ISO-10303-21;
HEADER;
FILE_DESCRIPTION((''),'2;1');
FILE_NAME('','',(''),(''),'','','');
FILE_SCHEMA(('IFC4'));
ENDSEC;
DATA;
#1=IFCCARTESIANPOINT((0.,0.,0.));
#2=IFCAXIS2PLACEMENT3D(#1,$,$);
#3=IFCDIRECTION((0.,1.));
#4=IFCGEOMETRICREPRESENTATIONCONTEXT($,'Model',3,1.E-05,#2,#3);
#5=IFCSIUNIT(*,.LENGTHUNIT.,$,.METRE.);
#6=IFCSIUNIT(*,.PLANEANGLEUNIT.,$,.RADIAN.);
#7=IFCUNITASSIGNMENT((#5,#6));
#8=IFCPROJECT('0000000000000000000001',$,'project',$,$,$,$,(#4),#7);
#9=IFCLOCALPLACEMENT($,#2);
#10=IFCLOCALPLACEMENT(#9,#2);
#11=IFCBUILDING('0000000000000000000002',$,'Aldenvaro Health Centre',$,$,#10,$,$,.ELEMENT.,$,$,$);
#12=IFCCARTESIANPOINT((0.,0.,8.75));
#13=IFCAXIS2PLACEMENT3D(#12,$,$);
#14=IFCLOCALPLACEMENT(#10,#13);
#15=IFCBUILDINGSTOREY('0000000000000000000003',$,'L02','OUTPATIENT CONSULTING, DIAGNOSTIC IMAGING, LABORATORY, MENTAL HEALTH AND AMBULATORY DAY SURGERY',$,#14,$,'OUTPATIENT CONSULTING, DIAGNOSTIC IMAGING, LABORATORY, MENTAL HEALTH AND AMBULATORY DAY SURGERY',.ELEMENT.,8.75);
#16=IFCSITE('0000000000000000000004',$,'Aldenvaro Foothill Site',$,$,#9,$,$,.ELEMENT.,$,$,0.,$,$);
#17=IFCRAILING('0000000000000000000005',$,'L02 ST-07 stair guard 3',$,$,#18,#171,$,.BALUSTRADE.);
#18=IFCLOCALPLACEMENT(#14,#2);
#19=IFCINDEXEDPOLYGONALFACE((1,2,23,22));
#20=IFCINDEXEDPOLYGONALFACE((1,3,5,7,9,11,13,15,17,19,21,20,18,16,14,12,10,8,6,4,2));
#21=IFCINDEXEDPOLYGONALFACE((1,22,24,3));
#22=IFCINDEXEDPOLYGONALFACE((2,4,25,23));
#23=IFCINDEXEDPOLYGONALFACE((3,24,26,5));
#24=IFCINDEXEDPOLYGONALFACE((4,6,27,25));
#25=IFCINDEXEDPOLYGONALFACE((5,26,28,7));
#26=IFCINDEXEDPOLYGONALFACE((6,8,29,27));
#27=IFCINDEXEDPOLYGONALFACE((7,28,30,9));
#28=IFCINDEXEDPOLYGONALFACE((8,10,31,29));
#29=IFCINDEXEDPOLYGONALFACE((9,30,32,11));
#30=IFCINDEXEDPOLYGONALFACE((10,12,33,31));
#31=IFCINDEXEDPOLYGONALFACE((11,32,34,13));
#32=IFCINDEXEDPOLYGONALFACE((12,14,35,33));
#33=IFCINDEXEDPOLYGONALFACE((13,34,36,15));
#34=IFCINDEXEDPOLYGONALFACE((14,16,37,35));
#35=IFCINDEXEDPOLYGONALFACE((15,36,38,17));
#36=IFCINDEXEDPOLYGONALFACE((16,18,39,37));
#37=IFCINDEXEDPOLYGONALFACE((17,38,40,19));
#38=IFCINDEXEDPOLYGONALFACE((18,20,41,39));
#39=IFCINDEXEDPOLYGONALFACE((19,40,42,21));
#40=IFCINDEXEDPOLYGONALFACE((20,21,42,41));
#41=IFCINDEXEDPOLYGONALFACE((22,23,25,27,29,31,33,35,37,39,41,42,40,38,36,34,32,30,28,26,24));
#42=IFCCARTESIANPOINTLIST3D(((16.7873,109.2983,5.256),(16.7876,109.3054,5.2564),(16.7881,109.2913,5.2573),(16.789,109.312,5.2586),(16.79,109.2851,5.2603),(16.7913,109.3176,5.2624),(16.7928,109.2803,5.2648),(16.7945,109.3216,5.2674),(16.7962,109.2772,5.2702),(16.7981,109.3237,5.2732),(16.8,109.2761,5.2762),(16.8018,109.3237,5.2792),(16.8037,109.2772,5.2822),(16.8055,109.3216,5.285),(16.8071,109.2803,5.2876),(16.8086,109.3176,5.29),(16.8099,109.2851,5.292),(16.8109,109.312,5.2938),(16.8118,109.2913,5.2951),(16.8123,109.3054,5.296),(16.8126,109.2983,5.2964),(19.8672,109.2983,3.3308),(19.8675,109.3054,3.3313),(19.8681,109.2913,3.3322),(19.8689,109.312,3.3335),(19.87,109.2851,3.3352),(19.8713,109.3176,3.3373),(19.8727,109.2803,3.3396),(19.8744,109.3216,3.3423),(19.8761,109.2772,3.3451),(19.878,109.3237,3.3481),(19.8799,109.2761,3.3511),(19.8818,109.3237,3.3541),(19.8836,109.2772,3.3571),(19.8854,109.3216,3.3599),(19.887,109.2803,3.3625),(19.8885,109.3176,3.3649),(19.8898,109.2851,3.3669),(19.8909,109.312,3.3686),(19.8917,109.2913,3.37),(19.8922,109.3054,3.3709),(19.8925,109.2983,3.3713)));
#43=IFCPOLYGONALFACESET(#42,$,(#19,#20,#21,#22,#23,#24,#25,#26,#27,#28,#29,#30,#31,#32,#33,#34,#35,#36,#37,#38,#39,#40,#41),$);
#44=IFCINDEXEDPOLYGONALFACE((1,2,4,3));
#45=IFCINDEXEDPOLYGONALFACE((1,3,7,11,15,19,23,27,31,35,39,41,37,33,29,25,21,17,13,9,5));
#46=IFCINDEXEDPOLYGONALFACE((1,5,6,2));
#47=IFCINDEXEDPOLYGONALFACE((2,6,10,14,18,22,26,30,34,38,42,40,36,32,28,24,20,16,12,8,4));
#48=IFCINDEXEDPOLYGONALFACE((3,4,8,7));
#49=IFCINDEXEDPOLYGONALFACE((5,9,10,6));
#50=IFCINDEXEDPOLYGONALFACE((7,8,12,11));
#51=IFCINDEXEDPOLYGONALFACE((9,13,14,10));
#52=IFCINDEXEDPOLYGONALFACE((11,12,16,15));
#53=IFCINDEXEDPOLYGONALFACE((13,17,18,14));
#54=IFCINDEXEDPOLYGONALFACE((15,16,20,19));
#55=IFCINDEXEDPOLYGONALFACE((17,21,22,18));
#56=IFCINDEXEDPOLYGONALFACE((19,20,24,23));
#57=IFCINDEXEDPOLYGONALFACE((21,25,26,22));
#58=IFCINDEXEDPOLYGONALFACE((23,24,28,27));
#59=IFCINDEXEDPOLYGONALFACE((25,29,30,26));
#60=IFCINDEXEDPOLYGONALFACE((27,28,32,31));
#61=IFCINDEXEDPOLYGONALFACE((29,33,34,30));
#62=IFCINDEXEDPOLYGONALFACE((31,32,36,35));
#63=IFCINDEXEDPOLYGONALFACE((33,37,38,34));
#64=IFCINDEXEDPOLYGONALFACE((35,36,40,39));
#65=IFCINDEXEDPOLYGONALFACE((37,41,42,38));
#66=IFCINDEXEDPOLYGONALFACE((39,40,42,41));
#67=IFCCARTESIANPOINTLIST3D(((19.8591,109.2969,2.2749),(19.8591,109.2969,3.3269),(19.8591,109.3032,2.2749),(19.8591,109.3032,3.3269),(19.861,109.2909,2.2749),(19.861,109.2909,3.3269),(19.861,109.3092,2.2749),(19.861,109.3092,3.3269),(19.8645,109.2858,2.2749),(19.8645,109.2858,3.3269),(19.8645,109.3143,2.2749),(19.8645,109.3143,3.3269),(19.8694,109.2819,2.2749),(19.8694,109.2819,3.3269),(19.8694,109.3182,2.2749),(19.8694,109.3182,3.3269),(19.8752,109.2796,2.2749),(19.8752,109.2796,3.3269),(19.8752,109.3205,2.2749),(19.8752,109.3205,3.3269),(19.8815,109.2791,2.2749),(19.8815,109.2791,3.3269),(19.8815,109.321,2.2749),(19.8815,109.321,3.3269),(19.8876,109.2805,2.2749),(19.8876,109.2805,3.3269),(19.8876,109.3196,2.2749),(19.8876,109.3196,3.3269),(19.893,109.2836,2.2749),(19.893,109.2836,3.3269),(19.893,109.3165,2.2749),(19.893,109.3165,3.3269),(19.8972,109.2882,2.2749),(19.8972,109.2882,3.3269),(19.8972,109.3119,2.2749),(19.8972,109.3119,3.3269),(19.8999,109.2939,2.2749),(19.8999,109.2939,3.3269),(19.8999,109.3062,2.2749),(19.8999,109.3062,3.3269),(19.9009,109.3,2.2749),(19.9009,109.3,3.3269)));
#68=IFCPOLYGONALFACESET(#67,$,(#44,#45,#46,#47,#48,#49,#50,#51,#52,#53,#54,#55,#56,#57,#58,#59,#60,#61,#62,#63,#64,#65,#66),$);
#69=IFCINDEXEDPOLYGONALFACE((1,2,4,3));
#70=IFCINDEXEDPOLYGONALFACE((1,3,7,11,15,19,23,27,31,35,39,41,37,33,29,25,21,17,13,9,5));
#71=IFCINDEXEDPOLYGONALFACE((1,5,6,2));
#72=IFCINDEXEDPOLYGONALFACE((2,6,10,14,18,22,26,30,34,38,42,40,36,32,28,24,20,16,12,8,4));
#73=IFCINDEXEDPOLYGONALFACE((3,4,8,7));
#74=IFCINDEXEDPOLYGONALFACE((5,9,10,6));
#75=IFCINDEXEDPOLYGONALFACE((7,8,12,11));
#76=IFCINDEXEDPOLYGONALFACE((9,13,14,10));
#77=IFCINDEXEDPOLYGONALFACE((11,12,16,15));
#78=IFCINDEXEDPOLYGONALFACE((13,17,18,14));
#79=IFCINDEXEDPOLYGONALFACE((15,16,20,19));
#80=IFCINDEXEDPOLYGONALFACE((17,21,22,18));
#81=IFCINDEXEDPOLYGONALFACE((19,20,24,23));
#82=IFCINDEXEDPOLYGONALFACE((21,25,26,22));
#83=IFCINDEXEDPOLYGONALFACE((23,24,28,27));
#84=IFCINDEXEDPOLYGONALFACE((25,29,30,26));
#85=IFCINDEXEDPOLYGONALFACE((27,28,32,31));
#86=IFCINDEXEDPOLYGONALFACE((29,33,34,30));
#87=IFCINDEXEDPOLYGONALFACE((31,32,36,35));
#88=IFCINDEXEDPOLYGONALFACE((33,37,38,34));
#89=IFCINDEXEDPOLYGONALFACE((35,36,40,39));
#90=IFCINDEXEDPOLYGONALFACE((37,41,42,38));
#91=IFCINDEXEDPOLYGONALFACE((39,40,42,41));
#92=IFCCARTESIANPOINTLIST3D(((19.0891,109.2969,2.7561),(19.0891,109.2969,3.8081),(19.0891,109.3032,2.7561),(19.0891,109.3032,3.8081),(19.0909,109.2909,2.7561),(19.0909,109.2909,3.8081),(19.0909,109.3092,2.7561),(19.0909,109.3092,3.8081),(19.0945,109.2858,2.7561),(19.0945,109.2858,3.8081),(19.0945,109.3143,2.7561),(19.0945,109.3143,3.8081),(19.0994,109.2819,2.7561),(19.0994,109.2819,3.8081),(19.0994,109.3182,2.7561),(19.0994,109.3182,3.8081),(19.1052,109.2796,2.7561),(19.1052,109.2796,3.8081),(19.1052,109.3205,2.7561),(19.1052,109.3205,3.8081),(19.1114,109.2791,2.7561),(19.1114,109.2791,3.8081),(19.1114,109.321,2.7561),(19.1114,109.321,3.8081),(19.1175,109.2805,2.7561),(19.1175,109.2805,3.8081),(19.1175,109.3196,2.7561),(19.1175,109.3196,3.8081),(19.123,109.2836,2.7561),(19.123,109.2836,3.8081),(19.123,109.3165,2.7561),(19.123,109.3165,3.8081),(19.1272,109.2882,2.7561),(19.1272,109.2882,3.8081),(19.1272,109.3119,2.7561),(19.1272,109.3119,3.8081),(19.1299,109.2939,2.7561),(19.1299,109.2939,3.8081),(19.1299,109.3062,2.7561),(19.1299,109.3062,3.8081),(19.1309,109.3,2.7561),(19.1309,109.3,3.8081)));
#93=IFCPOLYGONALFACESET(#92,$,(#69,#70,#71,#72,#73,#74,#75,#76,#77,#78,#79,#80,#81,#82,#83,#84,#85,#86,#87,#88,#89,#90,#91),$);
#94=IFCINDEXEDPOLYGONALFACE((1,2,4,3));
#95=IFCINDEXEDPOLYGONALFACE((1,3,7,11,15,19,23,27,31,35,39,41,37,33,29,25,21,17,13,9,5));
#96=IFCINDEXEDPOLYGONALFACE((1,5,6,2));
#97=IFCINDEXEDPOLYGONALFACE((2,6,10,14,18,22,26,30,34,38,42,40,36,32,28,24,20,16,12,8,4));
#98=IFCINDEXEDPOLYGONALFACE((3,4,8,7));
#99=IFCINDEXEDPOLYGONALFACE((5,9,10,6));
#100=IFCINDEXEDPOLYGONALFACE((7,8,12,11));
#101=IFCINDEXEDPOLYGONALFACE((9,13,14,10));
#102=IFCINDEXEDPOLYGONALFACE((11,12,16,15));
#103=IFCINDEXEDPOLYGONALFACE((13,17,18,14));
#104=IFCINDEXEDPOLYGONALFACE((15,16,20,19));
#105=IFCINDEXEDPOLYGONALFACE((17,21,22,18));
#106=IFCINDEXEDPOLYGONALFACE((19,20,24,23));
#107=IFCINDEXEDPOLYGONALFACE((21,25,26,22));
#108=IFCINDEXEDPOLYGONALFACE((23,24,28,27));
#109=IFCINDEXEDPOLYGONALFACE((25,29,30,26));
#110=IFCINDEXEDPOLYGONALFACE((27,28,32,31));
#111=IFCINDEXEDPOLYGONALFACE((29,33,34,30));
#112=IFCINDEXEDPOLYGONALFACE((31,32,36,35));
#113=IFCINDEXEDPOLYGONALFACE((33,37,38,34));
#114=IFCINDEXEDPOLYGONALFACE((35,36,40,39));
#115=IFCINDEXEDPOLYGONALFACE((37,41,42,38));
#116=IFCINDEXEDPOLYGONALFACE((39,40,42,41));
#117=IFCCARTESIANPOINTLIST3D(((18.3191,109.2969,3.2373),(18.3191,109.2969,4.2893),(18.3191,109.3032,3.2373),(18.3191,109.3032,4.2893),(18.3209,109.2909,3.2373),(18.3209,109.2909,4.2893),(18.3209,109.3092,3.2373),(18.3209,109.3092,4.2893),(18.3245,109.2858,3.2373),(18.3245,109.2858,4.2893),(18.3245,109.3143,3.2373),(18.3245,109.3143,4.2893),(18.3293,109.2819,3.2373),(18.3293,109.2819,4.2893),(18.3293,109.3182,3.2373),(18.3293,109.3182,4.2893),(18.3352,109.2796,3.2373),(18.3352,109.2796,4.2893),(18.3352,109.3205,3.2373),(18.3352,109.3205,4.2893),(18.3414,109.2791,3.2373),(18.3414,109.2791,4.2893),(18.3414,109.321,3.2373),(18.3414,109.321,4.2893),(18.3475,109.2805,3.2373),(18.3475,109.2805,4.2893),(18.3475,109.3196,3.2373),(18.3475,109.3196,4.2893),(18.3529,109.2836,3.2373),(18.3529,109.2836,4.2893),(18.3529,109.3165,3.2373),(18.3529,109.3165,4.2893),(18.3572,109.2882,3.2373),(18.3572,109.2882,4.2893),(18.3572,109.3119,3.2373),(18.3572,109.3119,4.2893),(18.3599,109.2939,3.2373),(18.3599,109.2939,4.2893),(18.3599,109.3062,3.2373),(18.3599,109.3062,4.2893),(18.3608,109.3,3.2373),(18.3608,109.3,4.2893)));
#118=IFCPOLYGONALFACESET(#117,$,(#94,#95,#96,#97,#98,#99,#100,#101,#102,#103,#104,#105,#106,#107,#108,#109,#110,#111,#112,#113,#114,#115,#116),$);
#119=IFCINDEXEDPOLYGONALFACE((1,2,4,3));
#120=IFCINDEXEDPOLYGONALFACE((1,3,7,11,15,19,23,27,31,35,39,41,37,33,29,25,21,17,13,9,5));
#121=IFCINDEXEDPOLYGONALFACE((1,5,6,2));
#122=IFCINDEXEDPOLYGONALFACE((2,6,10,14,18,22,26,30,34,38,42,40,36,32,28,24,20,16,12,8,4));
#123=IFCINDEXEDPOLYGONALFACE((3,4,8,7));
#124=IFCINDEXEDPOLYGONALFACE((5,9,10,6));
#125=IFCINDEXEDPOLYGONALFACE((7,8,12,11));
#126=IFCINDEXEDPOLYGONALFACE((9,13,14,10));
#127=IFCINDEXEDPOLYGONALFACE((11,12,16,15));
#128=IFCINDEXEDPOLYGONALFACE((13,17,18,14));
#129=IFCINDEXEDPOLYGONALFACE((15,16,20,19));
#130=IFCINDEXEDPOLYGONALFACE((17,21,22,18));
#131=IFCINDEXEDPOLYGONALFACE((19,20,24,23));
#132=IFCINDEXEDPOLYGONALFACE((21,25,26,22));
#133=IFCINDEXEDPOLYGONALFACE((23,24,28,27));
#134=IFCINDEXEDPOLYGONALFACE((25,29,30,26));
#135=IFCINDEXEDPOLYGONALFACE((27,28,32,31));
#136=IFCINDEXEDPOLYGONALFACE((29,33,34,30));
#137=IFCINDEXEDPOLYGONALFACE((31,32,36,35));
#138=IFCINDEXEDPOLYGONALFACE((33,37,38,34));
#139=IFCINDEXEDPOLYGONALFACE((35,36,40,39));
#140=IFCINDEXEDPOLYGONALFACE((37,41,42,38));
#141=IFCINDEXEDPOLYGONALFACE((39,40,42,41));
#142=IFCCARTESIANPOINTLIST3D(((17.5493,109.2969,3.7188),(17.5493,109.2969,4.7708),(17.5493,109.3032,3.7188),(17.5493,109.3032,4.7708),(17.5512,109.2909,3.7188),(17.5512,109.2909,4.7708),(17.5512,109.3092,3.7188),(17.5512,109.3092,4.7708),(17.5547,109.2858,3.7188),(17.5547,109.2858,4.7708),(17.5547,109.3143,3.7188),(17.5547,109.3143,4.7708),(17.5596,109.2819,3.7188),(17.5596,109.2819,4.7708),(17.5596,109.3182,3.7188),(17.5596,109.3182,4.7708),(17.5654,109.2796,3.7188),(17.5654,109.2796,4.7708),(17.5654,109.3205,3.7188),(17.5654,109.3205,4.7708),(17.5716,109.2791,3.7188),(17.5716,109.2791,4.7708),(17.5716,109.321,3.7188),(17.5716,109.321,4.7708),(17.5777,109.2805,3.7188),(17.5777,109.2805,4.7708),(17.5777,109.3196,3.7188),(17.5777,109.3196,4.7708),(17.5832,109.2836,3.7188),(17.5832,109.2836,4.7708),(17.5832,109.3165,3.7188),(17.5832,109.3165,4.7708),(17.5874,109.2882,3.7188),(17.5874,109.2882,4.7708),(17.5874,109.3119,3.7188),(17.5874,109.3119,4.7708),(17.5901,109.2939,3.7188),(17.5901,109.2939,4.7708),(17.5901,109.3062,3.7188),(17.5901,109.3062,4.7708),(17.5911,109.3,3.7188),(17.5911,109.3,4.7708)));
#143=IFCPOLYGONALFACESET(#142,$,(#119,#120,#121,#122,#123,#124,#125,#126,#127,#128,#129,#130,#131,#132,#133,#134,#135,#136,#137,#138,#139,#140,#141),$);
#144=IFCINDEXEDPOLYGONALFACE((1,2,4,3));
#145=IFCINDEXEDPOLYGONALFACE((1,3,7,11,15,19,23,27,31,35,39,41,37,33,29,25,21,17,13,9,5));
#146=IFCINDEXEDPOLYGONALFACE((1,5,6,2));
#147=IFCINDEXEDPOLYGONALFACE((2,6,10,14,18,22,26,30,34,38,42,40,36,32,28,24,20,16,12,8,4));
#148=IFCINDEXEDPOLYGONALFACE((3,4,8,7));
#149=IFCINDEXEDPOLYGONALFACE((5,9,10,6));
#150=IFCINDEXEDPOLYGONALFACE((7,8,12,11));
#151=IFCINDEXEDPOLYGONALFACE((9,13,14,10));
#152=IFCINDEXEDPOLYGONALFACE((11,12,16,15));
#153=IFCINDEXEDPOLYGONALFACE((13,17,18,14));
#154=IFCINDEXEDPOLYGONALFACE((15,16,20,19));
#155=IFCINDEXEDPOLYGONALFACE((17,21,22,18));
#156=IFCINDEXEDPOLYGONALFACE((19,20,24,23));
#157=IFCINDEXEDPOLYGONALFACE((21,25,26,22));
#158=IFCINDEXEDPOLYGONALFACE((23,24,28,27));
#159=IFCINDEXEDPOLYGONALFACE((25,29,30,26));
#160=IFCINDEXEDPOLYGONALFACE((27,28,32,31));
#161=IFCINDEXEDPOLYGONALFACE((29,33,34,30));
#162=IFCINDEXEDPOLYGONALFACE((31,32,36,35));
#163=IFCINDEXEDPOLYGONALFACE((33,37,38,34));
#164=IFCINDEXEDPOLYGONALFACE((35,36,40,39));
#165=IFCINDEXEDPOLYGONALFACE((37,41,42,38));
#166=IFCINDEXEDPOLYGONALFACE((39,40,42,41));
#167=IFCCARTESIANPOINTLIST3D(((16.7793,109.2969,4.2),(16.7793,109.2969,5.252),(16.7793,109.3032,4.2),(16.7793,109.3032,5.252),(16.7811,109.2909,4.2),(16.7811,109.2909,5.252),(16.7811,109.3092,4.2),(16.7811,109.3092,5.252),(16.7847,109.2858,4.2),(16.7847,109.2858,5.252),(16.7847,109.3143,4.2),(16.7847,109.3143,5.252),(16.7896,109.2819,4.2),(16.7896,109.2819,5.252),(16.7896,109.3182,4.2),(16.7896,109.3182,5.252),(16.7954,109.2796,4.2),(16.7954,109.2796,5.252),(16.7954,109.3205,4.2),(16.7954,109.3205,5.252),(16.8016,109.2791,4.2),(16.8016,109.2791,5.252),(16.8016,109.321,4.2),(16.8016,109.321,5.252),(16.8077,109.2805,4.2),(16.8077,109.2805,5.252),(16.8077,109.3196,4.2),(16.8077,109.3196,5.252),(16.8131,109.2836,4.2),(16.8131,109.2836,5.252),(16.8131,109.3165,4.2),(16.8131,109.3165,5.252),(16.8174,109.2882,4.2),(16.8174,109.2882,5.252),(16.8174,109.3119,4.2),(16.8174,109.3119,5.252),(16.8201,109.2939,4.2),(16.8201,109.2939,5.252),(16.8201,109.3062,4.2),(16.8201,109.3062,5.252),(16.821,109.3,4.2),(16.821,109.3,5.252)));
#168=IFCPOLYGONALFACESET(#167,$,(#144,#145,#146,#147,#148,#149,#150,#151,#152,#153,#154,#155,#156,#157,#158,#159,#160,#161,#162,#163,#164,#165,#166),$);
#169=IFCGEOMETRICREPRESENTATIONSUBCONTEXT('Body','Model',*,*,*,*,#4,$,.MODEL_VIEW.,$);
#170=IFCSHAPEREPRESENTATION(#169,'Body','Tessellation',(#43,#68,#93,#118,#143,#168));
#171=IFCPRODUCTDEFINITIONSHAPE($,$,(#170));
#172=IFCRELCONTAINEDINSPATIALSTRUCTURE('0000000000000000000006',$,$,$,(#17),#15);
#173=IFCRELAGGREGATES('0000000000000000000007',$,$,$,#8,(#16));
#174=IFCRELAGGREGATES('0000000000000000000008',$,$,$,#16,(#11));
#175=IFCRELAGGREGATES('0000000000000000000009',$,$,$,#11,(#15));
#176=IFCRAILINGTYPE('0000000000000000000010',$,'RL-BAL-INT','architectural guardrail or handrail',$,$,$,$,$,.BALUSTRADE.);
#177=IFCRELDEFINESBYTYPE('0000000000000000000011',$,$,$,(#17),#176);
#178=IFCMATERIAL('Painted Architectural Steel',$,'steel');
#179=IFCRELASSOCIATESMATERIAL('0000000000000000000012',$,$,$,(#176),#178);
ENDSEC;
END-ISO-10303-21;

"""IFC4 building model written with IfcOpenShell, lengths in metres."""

from ifc_helpers import new_model, si_unit, direction, frame, origin, origin_2d, place, context, subcontext, project, spatial, circle, extrude, material, type_object, element, save


model = new_model("IFC4")

# Units and contexts
model_context = context("Model", 3, precision=1e-05, world=origin(), true_north=direction((0.0, 1.0)))
body_context = subcontext(model_context, "Body", "Model", "MODEL_VIEW")
ifc_project = project(units=[si_unit("LENGTHUNIT", "METRE"), si_unit("PLANEANGLEUNIT", "RADIAN")], contexts=[model_context])

# Site, building, storey
site_placement = place(None, origin())
site = spatial("IfcSite", under=ifc_project, at=site_placement, Name="Aldenvaro Foothill Site", CompositionType="ELEMENT", RefElevation=0.0)
building_placement = place(site_placement, origin())
building = spatial("IfcBuilding", under=site, at=building_placement, Name="Aldenvaro Health Centre", CompositionType="ELEMENT")
storey_placement = place(building_placement, frame((0.0, 0.0, 8.75)))
storey = spatial("IfcBuildingStorey", under=building, at=storey_placement, Name="L02", Description="OUTPATIENT CONSULTING, DIAGNOSTIC IMAGING, LABORATORY, MENTAL HEALTH AND AMBULATORY DAY SURGERY", LongName="OUTPATIENT CONSULTING, DIAGNOSTIC IMAGING, LABORATORY, MENTAL HEALTH AND AMBULATORY DAY SURGERY", CompositionType="ELEMENT", Elevation=8.75)

# Railing
ifc_material_1 = material(Name="Painted Architectural Steel", Category="steel")
railing_type_1 = type_object("IfcRailingType", Name="RL-BAL-INT", Description="architectural guardrail or handrail", PredefinedType="BALUSTRADE", material=ifc_material_1)
railing_1_placement = place(storey_placement, frame((19.8799, 109.3, 2.2749)))
element("IfcRailing", 1, at=railing_1_placement, inside=storey, type_object=railing_type_1, Name="L02 ST-07 stair guard 3", PredefinedType="BALUSTRADE", context=body_context, shape_type="SweptSolid", body=[
    extrude(circle(Radius=0.0239, at=origin_2d()), frame((0.0, 0.0, 1.0762), z_axis=(-0.847979, 0.0, 0.530029), x_axis=(0.0, -1.0, 0.0)), (0.0, 0.0, 1.0), 3.6321),
    extrude(circle(Radius=0.021, at=origin_2d()), origin(), (0.0, 0.0, 1.0), 1.052),
    extrude(circle(Radius=0.021, at=origin_2d()), frame((-0.77, 0.0, 0.4812)), (0.0, 0.0, 1.0), 1.052),
    extrude(circle(Radius=0.021, at=origin_2d()), frame((-1.54, 0.0, 0.9624)), (0.0, 0.0, 1.0), 1.052),
    extrude(circle(Radius=0.021, at=origin_2d()), frame((-2.3098, 0.0, 1.4438)), (0.0, 0.0, 1.0), 1.052),
    extrude(circle(Radius=0.021, at=origin_2d()), frame((-3.0798, 0.0, 1.925)), (0.0, 0.0, 1.0), 1.052),
])

save(model, "model.ifc")
